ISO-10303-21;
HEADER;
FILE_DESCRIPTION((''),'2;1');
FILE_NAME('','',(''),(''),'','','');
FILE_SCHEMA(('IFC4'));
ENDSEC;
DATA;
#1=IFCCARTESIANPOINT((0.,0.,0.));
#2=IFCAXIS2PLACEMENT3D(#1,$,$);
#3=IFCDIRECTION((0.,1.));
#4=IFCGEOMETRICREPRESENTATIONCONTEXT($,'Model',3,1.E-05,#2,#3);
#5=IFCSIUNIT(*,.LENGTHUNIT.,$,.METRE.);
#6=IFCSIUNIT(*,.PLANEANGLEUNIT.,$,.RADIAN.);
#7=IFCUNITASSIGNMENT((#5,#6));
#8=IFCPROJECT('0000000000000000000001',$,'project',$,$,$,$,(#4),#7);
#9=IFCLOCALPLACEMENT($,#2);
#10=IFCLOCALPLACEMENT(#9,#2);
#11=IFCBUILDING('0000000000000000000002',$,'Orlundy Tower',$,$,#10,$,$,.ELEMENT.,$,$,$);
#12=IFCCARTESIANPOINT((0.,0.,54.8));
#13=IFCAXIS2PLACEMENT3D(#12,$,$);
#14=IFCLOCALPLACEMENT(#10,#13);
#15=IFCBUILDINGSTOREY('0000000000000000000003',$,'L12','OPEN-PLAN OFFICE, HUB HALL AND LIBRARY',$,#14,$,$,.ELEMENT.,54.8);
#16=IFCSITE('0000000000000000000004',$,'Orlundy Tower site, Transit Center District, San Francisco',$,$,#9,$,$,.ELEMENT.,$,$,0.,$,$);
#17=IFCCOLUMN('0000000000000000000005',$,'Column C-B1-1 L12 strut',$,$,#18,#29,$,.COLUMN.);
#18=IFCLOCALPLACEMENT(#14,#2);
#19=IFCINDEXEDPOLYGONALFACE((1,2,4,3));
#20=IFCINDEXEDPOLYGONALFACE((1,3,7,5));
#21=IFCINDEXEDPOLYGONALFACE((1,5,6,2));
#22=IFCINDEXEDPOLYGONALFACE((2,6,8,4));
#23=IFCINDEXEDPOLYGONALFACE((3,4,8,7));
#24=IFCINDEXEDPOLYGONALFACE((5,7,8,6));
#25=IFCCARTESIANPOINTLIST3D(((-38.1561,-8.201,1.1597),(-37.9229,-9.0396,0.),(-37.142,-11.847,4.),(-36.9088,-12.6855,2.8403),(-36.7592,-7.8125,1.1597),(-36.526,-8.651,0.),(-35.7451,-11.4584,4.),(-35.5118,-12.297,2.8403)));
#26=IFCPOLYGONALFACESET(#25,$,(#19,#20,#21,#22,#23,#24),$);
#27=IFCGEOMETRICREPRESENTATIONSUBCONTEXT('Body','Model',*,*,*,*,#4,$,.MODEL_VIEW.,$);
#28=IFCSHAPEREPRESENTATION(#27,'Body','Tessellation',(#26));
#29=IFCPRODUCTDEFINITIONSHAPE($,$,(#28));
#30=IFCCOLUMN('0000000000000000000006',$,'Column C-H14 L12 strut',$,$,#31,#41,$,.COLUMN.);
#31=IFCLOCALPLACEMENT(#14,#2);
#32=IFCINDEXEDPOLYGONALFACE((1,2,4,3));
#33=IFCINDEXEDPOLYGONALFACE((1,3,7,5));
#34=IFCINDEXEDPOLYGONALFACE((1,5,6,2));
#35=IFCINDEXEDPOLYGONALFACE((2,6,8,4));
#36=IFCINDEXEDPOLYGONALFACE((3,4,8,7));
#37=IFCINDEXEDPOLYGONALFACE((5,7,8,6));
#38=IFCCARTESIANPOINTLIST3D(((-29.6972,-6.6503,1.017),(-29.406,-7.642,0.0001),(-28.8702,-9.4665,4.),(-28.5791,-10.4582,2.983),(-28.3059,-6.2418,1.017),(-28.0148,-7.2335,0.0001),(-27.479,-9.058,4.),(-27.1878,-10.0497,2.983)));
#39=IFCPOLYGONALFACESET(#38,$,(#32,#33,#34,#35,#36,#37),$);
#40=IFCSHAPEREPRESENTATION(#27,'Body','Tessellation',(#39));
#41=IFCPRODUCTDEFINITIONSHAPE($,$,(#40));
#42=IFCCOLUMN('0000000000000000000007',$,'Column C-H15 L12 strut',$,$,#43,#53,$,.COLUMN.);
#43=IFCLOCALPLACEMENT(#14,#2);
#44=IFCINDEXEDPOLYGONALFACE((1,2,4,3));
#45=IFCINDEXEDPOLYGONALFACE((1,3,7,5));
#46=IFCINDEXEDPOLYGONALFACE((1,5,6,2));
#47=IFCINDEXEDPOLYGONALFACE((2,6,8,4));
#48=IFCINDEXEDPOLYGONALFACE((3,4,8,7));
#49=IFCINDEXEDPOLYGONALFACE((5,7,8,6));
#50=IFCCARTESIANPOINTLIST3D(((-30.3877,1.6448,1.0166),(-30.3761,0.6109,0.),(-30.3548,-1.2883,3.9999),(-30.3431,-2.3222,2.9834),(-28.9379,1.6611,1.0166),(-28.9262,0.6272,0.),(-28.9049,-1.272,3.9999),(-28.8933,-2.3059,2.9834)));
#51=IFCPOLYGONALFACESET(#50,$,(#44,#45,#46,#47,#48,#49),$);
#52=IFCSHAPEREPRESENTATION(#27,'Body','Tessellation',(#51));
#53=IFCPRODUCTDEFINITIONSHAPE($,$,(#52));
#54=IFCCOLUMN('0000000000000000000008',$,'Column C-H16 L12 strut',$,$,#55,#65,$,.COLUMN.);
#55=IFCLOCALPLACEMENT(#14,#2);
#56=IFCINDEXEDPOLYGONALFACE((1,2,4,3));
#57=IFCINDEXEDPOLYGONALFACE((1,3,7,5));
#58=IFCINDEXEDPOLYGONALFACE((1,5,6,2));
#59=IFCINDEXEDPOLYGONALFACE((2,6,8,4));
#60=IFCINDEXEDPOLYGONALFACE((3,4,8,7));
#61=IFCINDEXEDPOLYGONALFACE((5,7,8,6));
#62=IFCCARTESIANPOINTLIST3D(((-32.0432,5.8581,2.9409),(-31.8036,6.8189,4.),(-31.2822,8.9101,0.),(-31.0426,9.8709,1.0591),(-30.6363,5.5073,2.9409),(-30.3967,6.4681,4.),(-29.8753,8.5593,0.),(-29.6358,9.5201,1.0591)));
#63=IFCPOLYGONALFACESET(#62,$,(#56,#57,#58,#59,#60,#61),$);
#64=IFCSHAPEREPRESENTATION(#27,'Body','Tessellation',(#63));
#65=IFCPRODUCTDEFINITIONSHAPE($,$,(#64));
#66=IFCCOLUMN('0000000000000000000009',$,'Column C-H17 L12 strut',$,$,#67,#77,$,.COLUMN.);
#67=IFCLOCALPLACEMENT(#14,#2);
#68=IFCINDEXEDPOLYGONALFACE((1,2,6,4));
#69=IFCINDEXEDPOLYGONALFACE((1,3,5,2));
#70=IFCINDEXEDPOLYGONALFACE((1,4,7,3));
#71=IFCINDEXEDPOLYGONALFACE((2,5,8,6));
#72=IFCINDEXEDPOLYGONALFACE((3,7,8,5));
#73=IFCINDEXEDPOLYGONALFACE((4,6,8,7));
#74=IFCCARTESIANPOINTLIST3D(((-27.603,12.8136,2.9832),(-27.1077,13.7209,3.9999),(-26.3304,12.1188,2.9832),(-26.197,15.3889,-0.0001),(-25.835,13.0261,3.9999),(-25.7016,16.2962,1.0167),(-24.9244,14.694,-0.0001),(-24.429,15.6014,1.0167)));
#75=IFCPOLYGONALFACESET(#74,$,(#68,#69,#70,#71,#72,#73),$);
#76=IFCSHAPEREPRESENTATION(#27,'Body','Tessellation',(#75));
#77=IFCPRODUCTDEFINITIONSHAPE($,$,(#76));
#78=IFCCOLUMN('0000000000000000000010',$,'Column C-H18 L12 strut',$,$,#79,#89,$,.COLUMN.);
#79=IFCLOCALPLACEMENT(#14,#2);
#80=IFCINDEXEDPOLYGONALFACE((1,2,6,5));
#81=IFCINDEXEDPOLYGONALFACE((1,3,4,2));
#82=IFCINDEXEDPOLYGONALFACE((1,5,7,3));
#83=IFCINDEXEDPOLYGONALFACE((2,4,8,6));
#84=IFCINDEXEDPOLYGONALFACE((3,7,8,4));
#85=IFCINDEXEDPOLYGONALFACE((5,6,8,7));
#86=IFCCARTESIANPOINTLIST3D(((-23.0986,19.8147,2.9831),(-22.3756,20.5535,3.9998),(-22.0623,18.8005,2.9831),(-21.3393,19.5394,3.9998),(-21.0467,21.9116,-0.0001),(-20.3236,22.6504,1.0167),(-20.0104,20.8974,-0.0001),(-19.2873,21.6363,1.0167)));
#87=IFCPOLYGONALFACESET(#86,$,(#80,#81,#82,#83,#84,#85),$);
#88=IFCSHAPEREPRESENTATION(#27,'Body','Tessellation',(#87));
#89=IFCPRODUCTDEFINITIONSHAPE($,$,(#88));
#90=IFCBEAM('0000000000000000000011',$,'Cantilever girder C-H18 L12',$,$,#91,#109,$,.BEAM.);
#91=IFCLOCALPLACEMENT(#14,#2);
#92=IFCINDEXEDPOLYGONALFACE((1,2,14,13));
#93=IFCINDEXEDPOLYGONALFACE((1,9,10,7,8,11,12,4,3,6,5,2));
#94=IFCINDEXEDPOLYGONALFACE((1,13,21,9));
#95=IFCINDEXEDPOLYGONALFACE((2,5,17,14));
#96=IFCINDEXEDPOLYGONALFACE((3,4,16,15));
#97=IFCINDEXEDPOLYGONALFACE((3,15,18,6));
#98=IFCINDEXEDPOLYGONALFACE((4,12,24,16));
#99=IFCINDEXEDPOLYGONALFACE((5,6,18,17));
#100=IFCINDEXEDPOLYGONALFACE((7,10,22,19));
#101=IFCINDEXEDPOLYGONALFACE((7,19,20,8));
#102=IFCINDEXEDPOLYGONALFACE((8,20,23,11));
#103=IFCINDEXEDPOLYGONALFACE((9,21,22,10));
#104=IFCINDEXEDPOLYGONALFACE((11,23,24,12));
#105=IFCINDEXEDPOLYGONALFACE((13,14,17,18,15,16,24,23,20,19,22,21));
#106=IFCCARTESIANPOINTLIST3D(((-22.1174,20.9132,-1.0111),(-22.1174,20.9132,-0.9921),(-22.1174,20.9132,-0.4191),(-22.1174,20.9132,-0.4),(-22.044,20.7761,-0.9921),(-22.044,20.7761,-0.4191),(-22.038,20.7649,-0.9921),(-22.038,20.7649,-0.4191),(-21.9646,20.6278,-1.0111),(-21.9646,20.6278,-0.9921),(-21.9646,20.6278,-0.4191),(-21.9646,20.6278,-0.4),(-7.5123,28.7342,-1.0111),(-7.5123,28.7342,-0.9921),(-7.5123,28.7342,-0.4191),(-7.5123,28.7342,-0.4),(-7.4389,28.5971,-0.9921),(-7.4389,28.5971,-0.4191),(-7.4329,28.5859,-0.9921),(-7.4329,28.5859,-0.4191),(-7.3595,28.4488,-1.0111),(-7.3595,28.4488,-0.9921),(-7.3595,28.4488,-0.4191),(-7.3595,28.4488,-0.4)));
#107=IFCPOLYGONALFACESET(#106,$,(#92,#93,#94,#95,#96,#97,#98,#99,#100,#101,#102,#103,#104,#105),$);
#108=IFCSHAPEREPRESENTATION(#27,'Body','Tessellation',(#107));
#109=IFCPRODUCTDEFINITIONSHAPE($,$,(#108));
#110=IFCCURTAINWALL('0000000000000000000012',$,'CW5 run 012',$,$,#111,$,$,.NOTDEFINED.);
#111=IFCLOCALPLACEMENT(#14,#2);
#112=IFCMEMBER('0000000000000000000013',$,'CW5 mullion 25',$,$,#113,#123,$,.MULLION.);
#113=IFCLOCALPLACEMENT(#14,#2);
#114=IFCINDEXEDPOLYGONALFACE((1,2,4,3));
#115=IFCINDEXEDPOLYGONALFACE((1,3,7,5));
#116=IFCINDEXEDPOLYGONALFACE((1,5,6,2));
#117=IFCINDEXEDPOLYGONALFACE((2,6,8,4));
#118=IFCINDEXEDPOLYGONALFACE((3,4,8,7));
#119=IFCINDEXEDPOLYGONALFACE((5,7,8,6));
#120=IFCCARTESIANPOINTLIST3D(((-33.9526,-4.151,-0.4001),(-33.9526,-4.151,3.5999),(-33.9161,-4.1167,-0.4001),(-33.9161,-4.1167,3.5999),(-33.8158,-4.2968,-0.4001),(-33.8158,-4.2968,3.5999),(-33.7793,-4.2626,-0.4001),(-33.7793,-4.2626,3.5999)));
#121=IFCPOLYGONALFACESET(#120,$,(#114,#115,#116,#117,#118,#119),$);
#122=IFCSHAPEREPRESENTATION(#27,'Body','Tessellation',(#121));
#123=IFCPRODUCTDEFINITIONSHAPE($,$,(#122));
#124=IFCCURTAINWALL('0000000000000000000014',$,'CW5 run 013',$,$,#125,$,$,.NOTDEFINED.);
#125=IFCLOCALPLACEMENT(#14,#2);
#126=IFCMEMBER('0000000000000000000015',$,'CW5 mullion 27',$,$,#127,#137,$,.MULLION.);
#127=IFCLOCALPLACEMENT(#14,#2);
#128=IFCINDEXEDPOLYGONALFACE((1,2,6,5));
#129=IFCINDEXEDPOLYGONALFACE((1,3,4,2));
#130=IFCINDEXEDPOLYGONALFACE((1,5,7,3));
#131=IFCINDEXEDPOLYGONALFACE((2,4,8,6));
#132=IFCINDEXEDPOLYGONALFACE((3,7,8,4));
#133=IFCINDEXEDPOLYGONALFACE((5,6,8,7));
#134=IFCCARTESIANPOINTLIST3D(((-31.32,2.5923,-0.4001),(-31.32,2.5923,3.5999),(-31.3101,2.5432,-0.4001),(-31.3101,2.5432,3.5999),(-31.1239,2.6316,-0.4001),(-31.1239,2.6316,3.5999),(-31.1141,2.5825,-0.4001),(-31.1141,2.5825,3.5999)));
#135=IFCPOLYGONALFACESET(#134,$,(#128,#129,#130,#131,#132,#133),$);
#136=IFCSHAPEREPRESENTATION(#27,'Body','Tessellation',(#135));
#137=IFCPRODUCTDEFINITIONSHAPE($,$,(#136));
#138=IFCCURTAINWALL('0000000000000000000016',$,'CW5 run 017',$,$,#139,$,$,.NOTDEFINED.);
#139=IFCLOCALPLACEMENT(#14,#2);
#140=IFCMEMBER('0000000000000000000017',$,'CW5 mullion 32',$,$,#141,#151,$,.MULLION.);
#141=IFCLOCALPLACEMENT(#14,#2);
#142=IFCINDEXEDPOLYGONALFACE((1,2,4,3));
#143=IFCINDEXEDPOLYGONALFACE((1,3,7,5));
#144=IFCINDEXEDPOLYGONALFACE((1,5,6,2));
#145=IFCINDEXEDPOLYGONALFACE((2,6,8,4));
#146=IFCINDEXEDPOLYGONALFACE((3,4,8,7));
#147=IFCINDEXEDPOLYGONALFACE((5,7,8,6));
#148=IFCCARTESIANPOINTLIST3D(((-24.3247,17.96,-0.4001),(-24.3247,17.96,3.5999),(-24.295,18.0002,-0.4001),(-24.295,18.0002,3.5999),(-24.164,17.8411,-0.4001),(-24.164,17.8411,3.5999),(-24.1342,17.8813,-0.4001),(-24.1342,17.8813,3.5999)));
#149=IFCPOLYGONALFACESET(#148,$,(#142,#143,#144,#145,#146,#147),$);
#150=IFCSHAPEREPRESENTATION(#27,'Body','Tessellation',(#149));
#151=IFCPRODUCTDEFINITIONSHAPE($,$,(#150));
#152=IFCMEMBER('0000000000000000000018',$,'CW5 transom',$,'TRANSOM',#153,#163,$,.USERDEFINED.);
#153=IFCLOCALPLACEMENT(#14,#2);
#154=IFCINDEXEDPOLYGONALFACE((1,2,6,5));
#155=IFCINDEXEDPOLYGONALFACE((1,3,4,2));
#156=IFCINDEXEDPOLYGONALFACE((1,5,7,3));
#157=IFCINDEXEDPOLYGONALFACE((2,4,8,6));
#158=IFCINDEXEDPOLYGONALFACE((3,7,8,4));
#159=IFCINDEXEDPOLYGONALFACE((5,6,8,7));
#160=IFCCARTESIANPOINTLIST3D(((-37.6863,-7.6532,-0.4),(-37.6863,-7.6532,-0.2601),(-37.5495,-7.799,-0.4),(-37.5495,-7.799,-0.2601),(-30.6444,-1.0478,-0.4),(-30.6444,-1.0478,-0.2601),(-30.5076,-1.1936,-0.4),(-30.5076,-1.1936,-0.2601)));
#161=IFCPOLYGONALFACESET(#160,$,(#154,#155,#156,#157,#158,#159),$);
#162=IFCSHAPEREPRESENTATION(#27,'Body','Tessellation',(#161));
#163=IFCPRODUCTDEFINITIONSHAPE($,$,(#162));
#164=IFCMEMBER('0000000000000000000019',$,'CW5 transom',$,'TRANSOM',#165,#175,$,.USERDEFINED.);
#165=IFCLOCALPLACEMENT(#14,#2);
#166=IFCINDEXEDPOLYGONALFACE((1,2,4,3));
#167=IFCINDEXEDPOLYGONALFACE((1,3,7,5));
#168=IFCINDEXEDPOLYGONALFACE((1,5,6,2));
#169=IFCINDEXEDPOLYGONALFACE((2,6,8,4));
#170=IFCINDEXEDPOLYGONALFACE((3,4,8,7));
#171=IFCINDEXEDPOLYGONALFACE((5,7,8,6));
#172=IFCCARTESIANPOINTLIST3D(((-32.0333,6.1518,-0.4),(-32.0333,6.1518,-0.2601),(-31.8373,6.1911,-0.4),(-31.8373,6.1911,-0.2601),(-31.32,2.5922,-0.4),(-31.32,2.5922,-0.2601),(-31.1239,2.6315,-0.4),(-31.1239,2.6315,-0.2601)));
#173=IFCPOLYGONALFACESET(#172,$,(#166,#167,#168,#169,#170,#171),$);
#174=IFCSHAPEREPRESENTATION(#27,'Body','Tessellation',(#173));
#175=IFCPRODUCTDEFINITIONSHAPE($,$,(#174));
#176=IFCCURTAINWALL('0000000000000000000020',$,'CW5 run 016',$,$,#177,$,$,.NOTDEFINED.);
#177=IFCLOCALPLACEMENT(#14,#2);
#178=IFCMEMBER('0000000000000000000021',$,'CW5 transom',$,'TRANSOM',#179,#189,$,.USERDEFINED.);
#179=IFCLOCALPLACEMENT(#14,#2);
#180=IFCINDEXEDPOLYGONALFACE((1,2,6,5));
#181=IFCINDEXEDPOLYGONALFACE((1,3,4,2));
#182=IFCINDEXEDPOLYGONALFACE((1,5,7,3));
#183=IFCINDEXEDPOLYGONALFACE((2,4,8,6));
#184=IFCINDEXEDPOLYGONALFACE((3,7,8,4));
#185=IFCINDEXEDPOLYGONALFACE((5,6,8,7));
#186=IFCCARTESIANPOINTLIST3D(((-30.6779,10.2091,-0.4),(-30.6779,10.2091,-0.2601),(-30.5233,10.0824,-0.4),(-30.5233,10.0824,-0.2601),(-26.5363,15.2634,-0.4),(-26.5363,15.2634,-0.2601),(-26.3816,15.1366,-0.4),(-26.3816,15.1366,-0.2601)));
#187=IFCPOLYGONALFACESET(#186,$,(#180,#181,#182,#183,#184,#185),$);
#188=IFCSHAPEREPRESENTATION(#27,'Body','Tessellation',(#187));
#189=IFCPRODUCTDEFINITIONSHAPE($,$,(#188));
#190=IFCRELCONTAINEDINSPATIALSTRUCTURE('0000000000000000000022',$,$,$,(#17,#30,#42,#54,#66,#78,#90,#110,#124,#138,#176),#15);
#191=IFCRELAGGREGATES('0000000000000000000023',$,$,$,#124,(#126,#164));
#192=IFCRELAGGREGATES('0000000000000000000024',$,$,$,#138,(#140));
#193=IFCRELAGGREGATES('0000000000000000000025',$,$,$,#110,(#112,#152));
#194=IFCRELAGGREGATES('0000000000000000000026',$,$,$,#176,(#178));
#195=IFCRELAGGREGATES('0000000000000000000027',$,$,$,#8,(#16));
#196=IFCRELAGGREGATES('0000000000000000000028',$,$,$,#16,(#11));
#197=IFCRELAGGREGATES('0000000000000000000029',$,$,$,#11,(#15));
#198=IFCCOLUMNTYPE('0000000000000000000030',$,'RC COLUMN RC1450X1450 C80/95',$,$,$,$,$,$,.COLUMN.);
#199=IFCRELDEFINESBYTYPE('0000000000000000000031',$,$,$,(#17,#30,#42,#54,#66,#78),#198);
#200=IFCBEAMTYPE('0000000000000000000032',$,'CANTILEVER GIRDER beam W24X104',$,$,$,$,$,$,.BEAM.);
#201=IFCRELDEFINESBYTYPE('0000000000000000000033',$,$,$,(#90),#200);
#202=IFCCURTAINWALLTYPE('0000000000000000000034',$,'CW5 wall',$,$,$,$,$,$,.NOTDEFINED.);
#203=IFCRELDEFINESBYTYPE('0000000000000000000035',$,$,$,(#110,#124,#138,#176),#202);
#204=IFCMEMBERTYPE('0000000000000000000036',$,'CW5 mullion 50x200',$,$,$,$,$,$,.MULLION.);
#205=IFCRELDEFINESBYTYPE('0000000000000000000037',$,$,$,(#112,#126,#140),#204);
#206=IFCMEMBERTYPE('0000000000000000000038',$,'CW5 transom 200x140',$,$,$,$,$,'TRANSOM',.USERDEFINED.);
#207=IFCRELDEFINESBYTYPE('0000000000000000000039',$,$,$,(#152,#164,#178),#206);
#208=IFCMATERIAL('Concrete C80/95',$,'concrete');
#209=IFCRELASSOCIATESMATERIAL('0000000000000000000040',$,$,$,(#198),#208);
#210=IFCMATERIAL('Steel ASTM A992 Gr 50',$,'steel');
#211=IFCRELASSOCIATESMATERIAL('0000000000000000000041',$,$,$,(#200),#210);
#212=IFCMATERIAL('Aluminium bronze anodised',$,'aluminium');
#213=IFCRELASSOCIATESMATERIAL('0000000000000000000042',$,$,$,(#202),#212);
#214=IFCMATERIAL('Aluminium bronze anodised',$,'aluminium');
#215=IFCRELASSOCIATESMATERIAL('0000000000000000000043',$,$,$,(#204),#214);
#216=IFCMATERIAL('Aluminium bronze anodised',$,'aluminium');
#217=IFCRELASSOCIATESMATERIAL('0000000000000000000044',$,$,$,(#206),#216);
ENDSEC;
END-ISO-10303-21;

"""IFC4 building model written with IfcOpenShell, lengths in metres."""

from ifc_helpers import new_model, si_unit, direction, frame, origin, origin_2d, place, context, subcontext, project, spatial, rectangle, i_section, extrude, material, material_profile, profile_set, type_object, element, aggregate, save


model = new_model("IFC4")

# Units and contexts
model_context = context("Model", 3, precision=1e-05, world=origin(), true_north=direction((0.0, 1.0)))
body_context = subcontext(model_context, "Body", "Model", "MODEL_VIEW")
ifc_project = project(units=[si_unit("LENGTHUNIT", "METRE"), si_unit("PLANEANGLEUNIT", "RADIAN")], contexts=[model_context])

# Site, building, storey
site_placement = place(None, origin())
site = spatial("IfcSite", under=ifc_project, at=site_placement, Name="Orlundy Tower site, Transit Center District, San Francisco", CompositionType="ELEMENT", RefElevation=0.0)
building_placement = place(site_placement, origin())
building = spatial("IfcBuilding", under=site, at=building_placement, Name="Orlundy Tower", CompositionType="ELEMENT")
storey_placement = place(building_placement, frame((0.0, 0.0, 54.8)))
storey = spatial("IfcBuildingStorey", under=building, at=storey_placement, Name="L12", Description="OPEN-PLAN OFFICE, HUB HALL AND LIBRARY", CompositionType="ELEMENT", Elevation=54.8)

# Columns
ifc_material_1 = material(Name="Concrete C80/95", Category="concrete")
ifc_material_profile_1 = material_profile(ifc_material_1, rectangle(XDim=1.45, YDim=1.45, at=origin_2d()), Name="RC1450X1450")
ifc_profile_set_1 = profile_set([ifc_material_profile_1], Name="Concrete C80/95")
column_type = type_object("IfcColumnType", Name="RC COLUMN RC1450X1450 C80/95", PredefinedType="COLUMN", material=ifc_profile_set_1)
column_1_placement = place(storey_placement, frame((-37.3411, -8.426, 0.5798), z_axis=(0.214332, -0.770541, 0.600273), x_axis=(0.963424, 0.267983, 0.0)))
element("IfcColumn", 1, at=column_1_placement, inside=storey, type_object=column_type, Name="Column C-B1-1 L12 strut", PredefinedType="COLUMN", context=body_context, shape_type="SweptSolid", body=[
    extrude(rectangle(XDim=1.45, YDim=1.45, at=origin_2d()), origin(), (0.0, 0.0, 1.0), 4.7317),
])
column_2_placement = place(storey_placement, frame((-28.856, -6.9419, 0.5085), z_axis=(0.197599, -0.672955, 0.712802), x_axis=(0.959493, 0.281734, 0.0)))
element("IfcColumn", 2, at=column_2_placement, inside=storey, type_object=column_type, Name="Column C-H14 L12 strut", PredefinedType="COLUMN", context=body_context, shape_type="SweptSolid", body=[
    extrude(rectangle(XDim=1.45, YDim=1.45, at=origin_2d()), origin(), (0.0, 0.0, 1.0), 4.1848),
])
column_3_placement = place(storey_placement, frame((-29.657, 1.136, 0.5083), z_axis=(0.007878, -0.701049, 0.71307), x_axis=(0.999937, 0.011236, 0.0)))
element("IfcColumn", 3, at=column_3_placement, inside=storey, type_object=column_type, Name="Column C-H15 L12 strut", PredefinedType="COLUMN", context=body_context, shape_type="SweptSolid", body=[
    extrude(rectangle(XDim=1.45, YDim=1.45, at=origin_2d()), origin(), (0.0, 0.0, 1.0), 4.1838),
])
column_4_placement = place(storey_placement, frame((-30.459, 9.2151, 0.5295), z_axis=(-0.176721, -0.708756, 0.68296), x_axis=(0.970293, -0.241933, 0.0)))
element("IfcColumn", 4, at=column_4_placement, inside=storey, type_object=column_type, Name="Column C-H16 L12 strut", PredefinedType="COLUMN", context=body_context, shape_type="SweptSolid", body=[
    extrude(rectangle(XDim=1.45, YDim=1.45, at=origin_2d()), origin(), (0.0, 0.0, 1.0), 4.3062),
])
column_5_placement = place(storey_placement, frame((-25.313, 15.4951, 0.5083), z_axis=(-0.336026, -0.615454, 0.712954), x_axis=(0.877702, -0.479208, 0.0)))
element("IfcColumn", 5, at=column_5_placement, inside=storey, type_object=column_type, Name="Column C-H17 L12 strut", PredefinedType="COLUMN", context=body_context, shape_type="SweptSolid", body=[
    extrude(rectangle(XDim=1.45, YDim=1.45, at=origin_2d()), origin(), (0.0, 0.0, 1.0), 4.1843),
])
column_6_placement = place(storey_placement, frame((-20.167, 21.7739, 0.5083), z_axis=(-0.490424, -0.50116, 0.712967), x_axis=(0.714721, -0.69941, 0.0)))
element("IfcColumn", 6, at=column_6_placement, inside=storey, type_object=column_type, Name="Column C-H18 L12 strut", PredefinedType="COLUMN", context=body_context, shape_type="SweptSolid", body=[
    extrude(rectangle(XDim=1.45, YDim=1.45, at=origin_2d()), origin(), (0.0, 0.0, 1.0), 4.1841),
])

# Beam
ifc_material_2 = material(Name="Steel ASTM A992 Gr 50", Category="steel")
ifc_material_profile_2 = material_profile(ifc_material_2, i_section(OverallWidth=0.3237, OverallDepth=0.6111, WebThickness=0.0127, FlangeThickness=0.019, at=origin_2d()), Name="W24X104")
ifc_profile_set_2 = profile_set([ifc_material_profile_2], Name="Steel ASTM A992 Gr 50")
beam_type = type_object("IfcBeamType", Name="CANTILEVER GIRDER beam W24X104", PredefinedType="BEAM", material=ifc_profile_set_2)
beam_placement = place(storey_placement, frame((-22.041, 20.7705, -0.7056), z_axis=(0.88156, 0.472072, 0.0), x_axis=(-0.472072, 0.88156, 0.0)))
element("IfcBeam", 7, at=beam_placement, inside=storey, type_object=beam_type, Name="Cantilever girder C-H18 L12", PredefinedType="BEAM", context=body_context, shape_type="SweptSolid", body=[
    extrude(i_section(OverallWidth=0.3237, OverallDepth=0.6111, WebThickness=0.0127, FlangeThickness=0.019, at=origin_2d()), origin(), (0.0, 0.0, 1.0), 16.5674),
])

# Curtain walls, members
ifc_material_3 = material(Name="Aluminium bronze anodised", Category="aluminium")
curtain_wall_type = type_object("IfcCurtainWallType", Name="CW5 wall", PredefinedType="NOTDEFINED", material=ifc_material_3)
curtain_wall_1_placement = place(storey_placement, origin())
curtain_wall_1 = element("IfcCurtainWall", 8, at=curtain_wall_1_placement, inside=storey, type_object=curtain_wall_type, Name="CW5 run 012", PredefinedType="NOTDEFINED")
ifc_material_4 = material(Name="Aluminium bronze anodised", Category="aluminium")
ifc_material_profile_3 = material_profile(ifc_material_4, rectangle(XDim=0.2, YDim=0.05, at=origin_2d()), Name="CW5 mullion 50x200")
ifc_profile_set_3 = profile_set([ifc_material_profile_3], Name="Aluminium bronze anodised")
member_type_1 = type_object("IfcMemberType", Name="CW5 mullion 50x200", PredefinedType="MULLION", material=ifc_profile_set_3)
member_1_placement = place(storey_placement, frame((-33.866, -4.2068, -0.4001), z_axis=(0.0, 0.0, 1.0), x_axis=(-0.684134, 0.729356, 0.0)))
member_1 = element("IfcMember", 9, at=member_1_placement, type_object=member_type_1, Name="CW5 mullion 25", PredefinedType="MULLION", context=body_context, shape_type="SweptSolid", body=[
    extrude(rectangle(XDim=0.2, YDim=0.05, at=origin_2d()), origin(), (0.0, 0.0, 1.0), 4.0),
])
curtain_wall_2_placement = place(storey_placement, origin())
curtain_wall_2 = element("IfcCurtainWall", 10, at=curtain_wall_2_placement, inside=storey, type_object=curtain_wall_type, Name="CW5 run 013", PredefinedType="NOTDEFINED")
member_2_placement = place(storey_placement, frame((-31.217, 2.5874, -0.4001), z_axis=(0.0, 0.0, 1.0), x_axis=(-0.980499, -0.196526, 0.0)))
member_2 = element("IfcMember", 11, at=member_2_placement, type_object=member_type_1, Name="CW5 mullion 27", PredefinedType="MULLION", context=body_context, shape_type="SweptSolid", body=[
    extrude(rectangle(XDim=0.2, YDim=0.05, at=origin_2d()), origin(), (0.0, 0.0, 1.0), 4.0),
])
curtain_wall_3_placement = place(storey_placement, origin())
curtain_wall_3 = element("IfcCurtainWall", 12, at=curtain_wall_3_placement, inside=storey, type_object=curtain_wall_type, Name="CW5 run 017", PredefinedType="NOTDEFINED")
member_3_placement = place(storey_placement, frame((-24.2295, 17.9207, -0.4001), z_axis=(0.0, 0.0, 1.0), x_axis=(-0.803864, 0.594813, 0.0)))
member_3 = element("IfcMember", 13, at=member_3_placement, type_object=member_type_1, Name="CW5 mullion 32", PredefinedType="MULLION", context=body_context, shape_type="SweptSolid", body=[
    extrude(rectangle(XDim=0.2, YDim=0.05, at=origin_2d()), origin(), (0.0, 0.0, 1.0), 4.0),
])

# Members
ifc_material_5 = material(Name="Aluminium bronze anodised", Category="aluminium")
ifc_material_profile_4 = material_profile(ifc_material_5, rectangle(XDim=0.2, YDim=0.1399, at=origin_2d()), Name="CW5 transom 200x140")
ifc_profile_set_4 = profile_set([ifc_material_profile_4], Name="Aluminium bronze anodised")
member_type_2 = type_object("IfcMemberType", Name="CW5 transom 200x140", ElementType="TRANSOM", PredefinedType="USERDEFINED", material=ifc_profile_set_4)
member_4_placement = place(storey_placement, frame((-37.6179, -7.7261, -0.3301), z_axis=(0.729351, 0.68414, 0.0), x_axis=(-0.68414, 0.729351, 0.0)))
member_4 = element("IfcMember", 14, at=member_4_placement, type_object=member_type_2, Name="CW5 transom", ObjectType="TRANSOM", PredefinedType="USERDEFINED", context=body_context, shape_type="SweptSolid", body=[
    extrude(rectangle(XDim=0.2, YDim=0.1399, at=origin_2d()), origin(), (0.0, 0.0, 1.0), 9.655),
])
member_5_placement = place(storey_placement, frame((-31.2219, 2.6118, -0.3301), z_axis=(-0.196504, 0.980503, 0.0), x_axis=(-0.980503, -0.196504, 0.0)))
member_5 = element("IfcMember", 15, at=member_5_placement, type_object=member_type_2, Name="CW5 transom", ObjectType="TRANSOM", PredefinedType="USERDEFINED", context=body_context, shape_type="SweptSolid", body=[
    extrude(rectangle(XDim=0.2, YDim=0.1399, at=origin_2d()), origin(), (0.0, 0.0, 1.0), 3.6304),
])

# Curtain wall, member
curtain_wall_4_placement = place(storey_placement, origin())
curtain_wall_4 = element("IfcCurtainWall", 16, at=curtain_wall_4_placement, inside=storey, type_object=curtain_wall_type, Name="CW5 run 016", PredefinedType="NOTDEFINED")
member_6_placement = place(storey_placement, frame((-30.6006, 10.1458, -0.3301), z_axis=(0.63382, 0.773481, 0.0), x_axis=(-0.773481, 0.63382, 0.0)))
member_6 = element("IfcMember", 17, at=member_6_placement, type_object=member_type_2, Name="CW5 transom", ObjectType="TRANSOM", PredefinedType="USERDEFINED", context=body_context, shape_type="SweptSolid", body=[
    extrude(rectangle(XDim=0.2, YDim=0.1399, at=origin_2d()), origin(), (0.0, 0.0, 1.0), 6.5344),
])

aggregate(curtain_wall_2, [member_2, member_5])
aggregate(curtain_wall_3, [member_3])
aggregate(curtain_wall_1, [member_1, member_4])
aggregate(curtain_wall_4, [member_6])

save(model, "model.ifc")
